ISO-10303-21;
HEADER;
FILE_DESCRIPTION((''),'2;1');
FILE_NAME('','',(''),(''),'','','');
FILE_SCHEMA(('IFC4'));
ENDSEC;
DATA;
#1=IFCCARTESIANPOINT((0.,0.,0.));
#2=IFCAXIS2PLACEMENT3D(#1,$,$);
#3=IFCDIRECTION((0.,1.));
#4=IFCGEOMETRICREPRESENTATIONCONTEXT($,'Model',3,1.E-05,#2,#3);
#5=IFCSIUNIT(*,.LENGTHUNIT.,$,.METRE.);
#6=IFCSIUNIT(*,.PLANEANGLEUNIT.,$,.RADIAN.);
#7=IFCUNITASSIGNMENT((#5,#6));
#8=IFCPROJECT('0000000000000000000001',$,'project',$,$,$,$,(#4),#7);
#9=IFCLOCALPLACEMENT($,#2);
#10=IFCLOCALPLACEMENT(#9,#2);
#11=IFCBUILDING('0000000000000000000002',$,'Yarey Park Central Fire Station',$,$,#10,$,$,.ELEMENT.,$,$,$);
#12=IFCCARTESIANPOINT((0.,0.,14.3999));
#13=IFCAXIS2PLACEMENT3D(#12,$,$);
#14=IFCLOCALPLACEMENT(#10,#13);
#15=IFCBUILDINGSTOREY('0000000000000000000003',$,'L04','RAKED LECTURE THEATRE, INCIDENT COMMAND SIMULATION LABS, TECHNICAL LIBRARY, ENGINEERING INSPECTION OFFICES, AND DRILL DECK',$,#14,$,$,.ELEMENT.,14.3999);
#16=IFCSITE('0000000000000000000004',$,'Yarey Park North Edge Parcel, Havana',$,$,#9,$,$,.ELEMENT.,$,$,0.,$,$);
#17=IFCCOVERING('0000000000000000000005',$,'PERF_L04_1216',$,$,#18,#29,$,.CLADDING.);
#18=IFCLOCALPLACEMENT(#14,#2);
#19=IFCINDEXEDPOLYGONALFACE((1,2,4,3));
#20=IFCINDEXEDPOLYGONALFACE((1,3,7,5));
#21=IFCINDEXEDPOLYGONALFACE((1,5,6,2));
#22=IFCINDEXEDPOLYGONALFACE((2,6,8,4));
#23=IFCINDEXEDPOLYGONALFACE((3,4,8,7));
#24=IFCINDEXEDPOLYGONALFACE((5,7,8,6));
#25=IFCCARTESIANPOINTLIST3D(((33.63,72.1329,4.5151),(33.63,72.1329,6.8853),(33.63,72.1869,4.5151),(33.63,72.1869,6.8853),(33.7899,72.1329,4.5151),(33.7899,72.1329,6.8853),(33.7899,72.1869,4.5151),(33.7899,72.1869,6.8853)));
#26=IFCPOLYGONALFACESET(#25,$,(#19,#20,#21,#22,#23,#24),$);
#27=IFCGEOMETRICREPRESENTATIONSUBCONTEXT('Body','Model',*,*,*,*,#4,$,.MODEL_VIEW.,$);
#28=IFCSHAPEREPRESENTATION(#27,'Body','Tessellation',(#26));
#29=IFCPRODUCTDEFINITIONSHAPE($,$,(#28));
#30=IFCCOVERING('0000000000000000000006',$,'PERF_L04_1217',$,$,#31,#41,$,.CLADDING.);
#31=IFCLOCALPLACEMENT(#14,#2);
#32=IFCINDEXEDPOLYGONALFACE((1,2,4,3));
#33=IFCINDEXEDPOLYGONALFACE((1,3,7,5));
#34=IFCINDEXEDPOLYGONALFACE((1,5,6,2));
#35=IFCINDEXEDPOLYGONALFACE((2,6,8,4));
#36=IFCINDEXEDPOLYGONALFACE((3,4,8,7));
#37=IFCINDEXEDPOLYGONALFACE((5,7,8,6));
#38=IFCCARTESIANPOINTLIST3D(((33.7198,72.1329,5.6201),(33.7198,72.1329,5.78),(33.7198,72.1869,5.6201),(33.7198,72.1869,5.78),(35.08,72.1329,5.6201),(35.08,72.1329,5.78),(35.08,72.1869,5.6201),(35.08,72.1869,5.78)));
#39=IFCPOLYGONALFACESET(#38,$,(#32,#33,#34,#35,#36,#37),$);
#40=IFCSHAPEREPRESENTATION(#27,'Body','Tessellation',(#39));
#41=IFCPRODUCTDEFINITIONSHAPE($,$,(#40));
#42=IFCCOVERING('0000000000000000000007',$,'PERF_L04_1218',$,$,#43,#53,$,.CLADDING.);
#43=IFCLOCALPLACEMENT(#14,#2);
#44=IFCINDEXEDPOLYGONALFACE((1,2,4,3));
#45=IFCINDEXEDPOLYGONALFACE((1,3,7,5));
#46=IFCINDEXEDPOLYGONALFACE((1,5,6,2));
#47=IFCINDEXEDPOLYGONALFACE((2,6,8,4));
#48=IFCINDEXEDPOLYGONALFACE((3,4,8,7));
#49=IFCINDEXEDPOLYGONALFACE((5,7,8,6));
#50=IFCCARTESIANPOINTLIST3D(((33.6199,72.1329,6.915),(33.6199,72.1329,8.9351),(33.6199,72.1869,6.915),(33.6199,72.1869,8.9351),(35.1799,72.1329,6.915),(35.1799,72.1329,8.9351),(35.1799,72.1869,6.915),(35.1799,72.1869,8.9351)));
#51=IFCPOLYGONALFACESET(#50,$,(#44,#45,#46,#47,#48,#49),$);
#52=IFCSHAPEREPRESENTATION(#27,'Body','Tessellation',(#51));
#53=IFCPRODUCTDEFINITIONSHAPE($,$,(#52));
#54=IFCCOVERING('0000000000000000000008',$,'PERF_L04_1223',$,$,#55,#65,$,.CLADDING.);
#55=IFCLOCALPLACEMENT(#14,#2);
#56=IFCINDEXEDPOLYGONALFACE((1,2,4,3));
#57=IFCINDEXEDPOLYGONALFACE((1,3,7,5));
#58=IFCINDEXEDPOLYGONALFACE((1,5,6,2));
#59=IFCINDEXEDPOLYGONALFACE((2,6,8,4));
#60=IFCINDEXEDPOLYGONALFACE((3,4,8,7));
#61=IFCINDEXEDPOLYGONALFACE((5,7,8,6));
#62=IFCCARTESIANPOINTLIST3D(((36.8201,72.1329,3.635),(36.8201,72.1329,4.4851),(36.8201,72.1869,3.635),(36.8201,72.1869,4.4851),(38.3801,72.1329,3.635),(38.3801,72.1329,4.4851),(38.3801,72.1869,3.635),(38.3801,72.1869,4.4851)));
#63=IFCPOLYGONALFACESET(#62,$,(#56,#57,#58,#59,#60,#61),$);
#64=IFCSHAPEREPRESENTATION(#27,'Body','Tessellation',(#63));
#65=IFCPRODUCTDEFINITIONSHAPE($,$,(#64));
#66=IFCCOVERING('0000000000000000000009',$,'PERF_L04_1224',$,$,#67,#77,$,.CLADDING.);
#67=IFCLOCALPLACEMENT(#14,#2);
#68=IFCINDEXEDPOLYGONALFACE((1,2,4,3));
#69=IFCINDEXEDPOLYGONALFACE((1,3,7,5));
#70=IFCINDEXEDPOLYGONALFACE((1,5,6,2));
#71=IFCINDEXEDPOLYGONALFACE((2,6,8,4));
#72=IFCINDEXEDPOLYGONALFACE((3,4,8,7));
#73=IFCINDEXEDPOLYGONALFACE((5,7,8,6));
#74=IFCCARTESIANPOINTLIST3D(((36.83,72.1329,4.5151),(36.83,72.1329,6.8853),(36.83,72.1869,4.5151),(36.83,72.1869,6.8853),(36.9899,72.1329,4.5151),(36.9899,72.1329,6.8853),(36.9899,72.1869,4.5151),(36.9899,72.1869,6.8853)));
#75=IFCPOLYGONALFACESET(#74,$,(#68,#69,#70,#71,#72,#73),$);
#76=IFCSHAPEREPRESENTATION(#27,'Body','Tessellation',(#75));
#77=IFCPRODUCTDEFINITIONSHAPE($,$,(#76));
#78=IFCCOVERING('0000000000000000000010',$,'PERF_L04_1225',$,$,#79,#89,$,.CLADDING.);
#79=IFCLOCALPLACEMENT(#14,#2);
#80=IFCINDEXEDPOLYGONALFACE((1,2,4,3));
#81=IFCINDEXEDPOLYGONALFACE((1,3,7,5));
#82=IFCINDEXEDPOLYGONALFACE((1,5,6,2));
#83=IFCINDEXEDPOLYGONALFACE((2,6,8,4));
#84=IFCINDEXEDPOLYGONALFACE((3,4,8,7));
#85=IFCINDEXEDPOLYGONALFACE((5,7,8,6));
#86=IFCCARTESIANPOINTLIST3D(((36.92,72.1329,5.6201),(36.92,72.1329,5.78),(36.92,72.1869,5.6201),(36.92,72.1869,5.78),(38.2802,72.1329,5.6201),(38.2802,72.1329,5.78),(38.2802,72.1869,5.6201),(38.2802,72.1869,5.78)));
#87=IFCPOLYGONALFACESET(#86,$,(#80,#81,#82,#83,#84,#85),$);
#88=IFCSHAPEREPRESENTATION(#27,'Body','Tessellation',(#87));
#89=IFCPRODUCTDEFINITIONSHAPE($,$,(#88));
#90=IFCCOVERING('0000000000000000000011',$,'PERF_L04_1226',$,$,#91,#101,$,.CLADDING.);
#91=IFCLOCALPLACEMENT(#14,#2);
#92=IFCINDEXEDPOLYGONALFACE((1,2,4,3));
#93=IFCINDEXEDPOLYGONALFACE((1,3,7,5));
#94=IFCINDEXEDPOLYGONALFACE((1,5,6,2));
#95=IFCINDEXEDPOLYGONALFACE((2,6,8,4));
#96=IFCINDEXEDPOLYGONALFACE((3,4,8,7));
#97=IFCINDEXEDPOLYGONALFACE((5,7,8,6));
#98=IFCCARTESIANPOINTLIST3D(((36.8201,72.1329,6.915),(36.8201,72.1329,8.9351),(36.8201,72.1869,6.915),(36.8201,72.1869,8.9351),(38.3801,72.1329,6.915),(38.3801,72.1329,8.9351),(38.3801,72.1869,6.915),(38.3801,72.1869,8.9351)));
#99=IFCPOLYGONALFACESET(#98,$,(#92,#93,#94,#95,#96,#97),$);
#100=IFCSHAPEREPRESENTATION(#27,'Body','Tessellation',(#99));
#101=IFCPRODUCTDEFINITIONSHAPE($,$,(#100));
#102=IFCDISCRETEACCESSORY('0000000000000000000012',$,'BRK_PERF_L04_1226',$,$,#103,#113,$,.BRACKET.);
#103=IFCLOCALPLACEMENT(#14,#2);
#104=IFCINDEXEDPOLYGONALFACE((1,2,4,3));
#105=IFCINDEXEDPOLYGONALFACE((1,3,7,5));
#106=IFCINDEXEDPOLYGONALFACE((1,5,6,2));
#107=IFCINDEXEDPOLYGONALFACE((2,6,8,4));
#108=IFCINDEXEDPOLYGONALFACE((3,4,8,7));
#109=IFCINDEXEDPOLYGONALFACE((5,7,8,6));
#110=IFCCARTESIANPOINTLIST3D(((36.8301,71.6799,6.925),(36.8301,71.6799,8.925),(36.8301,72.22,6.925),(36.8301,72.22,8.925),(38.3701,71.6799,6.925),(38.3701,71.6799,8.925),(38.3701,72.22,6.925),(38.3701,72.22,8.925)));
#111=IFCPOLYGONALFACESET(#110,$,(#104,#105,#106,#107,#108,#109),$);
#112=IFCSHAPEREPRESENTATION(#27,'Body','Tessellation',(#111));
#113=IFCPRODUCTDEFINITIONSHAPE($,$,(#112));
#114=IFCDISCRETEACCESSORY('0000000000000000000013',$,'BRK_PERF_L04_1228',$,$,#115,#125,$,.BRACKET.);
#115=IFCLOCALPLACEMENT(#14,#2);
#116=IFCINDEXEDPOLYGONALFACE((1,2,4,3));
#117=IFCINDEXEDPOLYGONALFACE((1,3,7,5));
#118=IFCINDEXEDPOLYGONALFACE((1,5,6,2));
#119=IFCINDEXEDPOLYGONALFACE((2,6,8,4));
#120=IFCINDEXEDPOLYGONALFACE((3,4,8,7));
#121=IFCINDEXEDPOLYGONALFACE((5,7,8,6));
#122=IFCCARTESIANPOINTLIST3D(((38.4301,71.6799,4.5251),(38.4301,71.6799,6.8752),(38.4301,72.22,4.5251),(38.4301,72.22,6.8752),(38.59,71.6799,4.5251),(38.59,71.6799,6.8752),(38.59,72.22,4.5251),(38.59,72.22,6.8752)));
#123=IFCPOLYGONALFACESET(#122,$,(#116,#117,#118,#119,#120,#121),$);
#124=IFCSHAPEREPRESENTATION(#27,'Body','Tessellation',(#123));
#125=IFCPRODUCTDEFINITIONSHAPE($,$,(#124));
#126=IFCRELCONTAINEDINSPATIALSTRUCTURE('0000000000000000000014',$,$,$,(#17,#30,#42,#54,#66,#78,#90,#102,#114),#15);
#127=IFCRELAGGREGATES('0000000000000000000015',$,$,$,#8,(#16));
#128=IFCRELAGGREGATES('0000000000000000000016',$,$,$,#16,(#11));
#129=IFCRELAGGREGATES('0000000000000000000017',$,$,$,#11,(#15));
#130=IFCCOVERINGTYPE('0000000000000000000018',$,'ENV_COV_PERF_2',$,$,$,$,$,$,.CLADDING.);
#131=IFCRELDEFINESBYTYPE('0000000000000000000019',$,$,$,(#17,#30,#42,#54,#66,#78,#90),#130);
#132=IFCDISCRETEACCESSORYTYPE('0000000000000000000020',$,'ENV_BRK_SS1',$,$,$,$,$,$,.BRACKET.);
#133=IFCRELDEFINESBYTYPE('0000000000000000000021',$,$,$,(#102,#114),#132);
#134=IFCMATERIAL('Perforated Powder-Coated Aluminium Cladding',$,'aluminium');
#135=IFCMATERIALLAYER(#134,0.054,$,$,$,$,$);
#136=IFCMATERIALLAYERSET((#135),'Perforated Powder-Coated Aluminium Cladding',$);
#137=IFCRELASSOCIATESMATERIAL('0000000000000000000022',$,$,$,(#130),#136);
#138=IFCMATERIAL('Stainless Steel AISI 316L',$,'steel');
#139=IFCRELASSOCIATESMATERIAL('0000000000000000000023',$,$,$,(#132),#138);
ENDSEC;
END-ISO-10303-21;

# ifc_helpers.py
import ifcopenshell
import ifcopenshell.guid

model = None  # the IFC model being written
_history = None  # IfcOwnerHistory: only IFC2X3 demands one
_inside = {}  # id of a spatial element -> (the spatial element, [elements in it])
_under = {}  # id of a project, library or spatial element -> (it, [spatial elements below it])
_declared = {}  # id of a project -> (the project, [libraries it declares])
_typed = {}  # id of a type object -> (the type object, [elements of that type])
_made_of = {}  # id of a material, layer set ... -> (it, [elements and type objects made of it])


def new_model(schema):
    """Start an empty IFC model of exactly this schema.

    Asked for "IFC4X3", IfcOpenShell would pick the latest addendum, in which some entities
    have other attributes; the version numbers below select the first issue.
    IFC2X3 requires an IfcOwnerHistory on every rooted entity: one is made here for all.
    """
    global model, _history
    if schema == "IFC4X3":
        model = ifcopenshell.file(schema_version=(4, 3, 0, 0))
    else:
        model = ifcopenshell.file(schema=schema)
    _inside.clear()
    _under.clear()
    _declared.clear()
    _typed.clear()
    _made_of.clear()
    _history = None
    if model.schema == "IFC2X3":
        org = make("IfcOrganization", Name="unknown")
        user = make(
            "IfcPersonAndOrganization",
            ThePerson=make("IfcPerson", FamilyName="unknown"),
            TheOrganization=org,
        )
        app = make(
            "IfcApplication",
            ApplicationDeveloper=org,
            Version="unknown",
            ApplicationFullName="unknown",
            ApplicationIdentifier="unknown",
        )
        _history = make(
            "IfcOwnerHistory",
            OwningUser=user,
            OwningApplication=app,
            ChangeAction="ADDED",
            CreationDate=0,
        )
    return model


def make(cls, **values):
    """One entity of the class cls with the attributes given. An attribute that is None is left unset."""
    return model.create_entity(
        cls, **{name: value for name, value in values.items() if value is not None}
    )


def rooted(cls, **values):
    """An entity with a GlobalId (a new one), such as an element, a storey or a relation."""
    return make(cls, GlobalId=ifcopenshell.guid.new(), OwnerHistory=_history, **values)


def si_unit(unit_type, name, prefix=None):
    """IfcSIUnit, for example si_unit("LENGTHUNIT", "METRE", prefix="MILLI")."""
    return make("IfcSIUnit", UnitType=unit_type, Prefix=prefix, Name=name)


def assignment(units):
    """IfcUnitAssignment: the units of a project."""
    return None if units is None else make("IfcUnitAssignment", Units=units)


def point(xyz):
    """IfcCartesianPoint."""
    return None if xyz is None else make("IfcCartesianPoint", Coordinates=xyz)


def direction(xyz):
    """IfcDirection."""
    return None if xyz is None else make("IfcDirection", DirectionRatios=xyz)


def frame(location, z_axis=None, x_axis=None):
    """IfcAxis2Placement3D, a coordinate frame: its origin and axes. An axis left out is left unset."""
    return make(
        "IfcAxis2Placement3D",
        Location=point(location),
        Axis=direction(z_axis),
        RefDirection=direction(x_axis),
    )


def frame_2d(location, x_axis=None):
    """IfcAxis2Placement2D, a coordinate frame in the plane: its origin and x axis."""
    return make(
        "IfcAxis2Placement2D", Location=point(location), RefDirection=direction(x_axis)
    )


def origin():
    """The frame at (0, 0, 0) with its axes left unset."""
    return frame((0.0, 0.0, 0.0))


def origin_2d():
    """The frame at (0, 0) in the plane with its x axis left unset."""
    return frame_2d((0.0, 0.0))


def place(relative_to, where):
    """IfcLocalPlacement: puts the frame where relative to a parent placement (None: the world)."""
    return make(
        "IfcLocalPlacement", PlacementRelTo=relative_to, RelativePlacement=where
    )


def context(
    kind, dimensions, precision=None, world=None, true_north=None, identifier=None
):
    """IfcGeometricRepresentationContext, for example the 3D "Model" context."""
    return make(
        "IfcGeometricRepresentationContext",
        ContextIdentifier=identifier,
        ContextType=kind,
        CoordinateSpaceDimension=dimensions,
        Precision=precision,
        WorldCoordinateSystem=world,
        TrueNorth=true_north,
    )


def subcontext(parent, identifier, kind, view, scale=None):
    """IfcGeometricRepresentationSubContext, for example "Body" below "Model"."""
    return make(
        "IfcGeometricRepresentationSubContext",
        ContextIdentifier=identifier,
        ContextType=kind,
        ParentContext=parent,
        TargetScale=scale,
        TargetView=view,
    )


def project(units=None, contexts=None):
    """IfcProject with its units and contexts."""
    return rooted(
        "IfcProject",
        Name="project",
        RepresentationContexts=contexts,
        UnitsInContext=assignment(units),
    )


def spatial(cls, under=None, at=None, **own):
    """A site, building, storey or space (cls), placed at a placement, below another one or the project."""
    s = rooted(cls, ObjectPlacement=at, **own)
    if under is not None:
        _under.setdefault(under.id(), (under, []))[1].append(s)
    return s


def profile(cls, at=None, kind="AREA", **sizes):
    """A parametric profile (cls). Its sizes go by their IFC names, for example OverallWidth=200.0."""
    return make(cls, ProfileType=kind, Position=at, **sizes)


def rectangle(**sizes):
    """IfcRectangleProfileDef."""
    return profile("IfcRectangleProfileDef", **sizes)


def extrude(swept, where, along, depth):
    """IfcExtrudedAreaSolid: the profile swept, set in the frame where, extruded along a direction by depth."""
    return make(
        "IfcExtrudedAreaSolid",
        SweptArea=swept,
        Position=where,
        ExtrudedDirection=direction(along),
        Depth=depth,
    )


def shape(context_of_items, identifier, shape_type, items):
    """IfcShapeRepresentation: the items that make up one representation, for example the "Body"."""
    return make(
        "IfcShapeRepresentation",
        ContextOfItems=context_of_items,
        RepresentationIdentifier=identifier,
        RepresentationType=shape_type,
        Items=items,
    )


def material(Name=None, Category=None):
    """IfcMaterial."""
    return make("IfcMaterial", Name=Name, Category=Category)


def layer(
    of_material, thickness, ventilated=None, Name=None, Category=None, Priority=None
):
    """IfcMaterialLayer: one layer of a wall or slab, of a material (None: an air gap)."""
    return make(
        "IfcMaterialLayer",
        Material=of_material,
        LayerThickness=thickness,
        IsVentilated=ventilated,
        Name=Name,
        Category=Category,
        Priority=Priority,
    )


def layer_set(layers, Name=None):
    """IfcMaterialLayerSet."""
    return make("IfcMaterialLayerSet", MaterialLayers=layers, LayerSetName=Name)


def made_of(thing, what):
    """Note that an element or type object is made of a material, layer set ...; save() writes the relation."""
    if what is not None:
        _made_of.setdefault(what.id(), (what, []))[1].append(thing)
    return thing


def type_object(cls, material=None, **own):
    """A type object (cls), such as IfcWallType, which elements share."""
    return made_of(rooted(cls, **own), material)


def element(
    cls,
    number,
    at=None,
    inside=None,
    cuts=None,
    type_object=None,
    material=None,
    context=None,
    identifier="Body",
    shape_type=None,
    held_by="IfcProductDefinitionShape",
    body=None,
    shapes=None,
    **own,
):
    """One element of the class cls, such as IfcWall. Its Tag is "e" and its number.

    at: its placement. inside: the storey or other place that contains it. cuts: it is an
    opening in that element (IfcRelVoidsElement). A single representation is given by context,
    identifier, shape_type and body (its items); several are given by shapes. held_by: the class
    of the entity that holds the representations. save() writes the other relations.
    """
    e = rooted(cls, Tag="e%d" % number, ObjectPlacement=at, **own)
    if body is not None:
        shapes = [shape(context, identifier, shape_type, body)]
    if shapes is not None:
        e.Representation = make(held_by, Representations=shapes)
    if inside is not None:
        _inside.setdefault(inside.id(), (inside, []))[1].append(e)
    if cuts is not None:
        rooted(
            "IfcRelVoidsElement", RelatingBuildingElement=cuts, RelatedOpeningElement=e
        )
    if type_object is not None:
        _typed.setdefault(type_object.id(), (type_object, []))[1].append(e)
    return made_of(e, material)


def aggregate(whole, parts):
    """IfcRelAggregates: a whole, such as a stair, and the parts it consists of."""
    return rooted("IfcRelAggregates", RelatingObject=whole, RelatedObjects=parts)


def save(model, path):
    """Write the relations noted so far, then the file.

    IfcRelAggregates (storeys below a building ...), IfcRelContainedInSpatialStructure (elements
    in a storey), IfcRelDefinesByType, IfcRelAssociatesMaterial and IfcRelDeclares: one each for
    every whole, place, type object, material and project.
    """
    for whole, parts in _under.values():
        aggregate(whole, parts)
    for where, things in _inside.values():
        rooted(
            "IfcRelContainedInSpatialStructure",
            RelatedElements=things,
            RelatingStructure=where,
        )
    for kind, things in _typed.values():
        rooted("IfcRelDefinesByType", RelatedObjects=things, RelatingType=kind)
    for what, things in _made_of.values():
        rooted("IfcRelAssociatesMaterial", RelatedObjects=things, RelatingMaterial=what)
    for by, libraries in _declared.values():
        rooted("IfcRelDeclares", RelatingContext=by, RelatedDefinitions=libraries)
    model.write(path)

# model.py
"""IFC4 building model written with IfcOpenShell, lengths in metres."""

from ifc_helpers import new_model, si_unit, direction, frame, origin, origin_2d, place, context, subcontext, project, spatial, rectangle, extrude, material, layer, layer_set, type_object, element, save


model = new_model("IFC4")

# Units and contexts
model_context = context("Model", 3, precision=1e-05, world=origin(), true_north=direction((0.0, 1.0)))
body_context = subcontext(model_context, "Body", "Model", "MODEL_VIEW")
ifc_project = project(units=[si_unit("LENGTHUNIT", "METRE"), si_unit("PLANEANGLEUNIT", "RADIAN")], contexts=[model_context])

# Site, building, storey
site_placement = place(None, origin())
site = spatial("IfcSite", under=ifc_project, at=site_placement, Name="Yarey Park North Edge Parcel, Havana", CompositionType="ELEMENT", RefElevation=0.0)
building_placement = place(site_placement, origin())
building = spatial("IfcBuilding", under=site, at=building_placement, Name="Yarey Park Central Fire Station", CompositionType="ELEMENT")
storey_placement = place(building_placement, frame((0.0, 0.0, 14.3999)))
storey = spatial("IfcBuildingStorey", under=building, at=storey_placement, Name="L04", Description="RAKED LECTURE THEATRE, INCIDENT COMMAND SIMULATION LABS, TECHNICAL LIBRARY, ENGINEERING INSPECTION OFFICES, AND DRILL DECK", CompositionType="ELEMENT", Elevation=14.3999)

# Coverings
ifc_material_1 = material(Name="Perforated Powder-Coated Aluminium Cladding", Category="aluminium")
ifc_layer_1 = layer(ifc_material_1, 0.054)
ifc_layer_set_1 = layer_set([ifc_layer_1], Name="Perforated Powder-Coated Aluminium Cladding")
covering_type_1 = type_object("IfcCoveringType", Name="ENV_COV_PERF_2", PredefinedType="CLADDING", material=ifc_layer_set_1)
covering_1_placement = place(storey_placement, frame((33.71, 72.1599, 4.5151), z_axis=(0.0, 0.0, 1.0), x_axis=(1.0, 0.0, 0.0)))
element("IfcCovering", 1, at=covering_1_placement, inside=storey, type_object=covering_type_1, Name="PERF_L04_1216", PredefinedType="CLADDING", context=body_context, shape_type="SweptSolid", body=[
    extrude(rectangle(XDim=0.1599, YDim=0.054, at=origin_2d()), origin(), (0.0, 0.0, 1.0), 2.3701),
])
covering_2_placement = place(storey_placement, frame((34.3999, 72.1599, 5.6201), z_axis=(0.0, 0.0, 1.0), x_axis=(1.0, 0.0, 0.0)))
element("IfcCovering", 2, at=covering_2_placement, inside=storey, type_object=covering_type_1, Name="PERF_L04_1217", PredefinedType="CLADDING", context=body_context, shape_type="SweptSolid", body=[
    extrude(rectangle(XDim=1.3601, YDim=0.054, at=origin_2d()), origin(), (0.0, 0.0, 1.0), 0.1599),
])
covering_3_placement = place(storey_placement, frame((34.3999, 72.1599, 6.915), z_axis=(0.0, 0.0, 1.0), x_axis=(1.0, 0.0, 0.0)))
element("IfcCovering", 3, at=covering_3_placement, inside=storey, type_object=covering_type_1, Name="PERF_L04_1218", PredefinedType="CLADDING", context=body_context, shape_type="SweptSolid", body=[
    extrude(rectangle(XDim=1.5601, YDim=0.054, at=origin_2d()), origin(), (0.0, 0.0, 1.0), 2.02),
])
covering_4_placement = place(storey_placement, frame((37.6001, 72.1599, 3.635), z_axis=(0.0, 0.0, 1.0), x_axis=(1.0, 0.0, 0.0)))
element("IfcCovering", 4, at=covering_4_placement, inside=storey, type_object=covering_type_1, Name="PERF_L04_1223", PredefinedType="CLADDING", context=body_context, shape_type="SweptSolid", body=[
    extrude(rectangle(XDim=1.5601, YDim=0.054, at=origin_2d()), origin(), (0.0, 0.0, 1.0), 0.8501),
])
covering_5_placement = place(storey_placement, frame((36.9099, 72.1599, 4.5151), z_axis=(0.0, 0.0, 1.0), x_axis=(1.0, 0.0, 0.0)))
element("IfcCovering", 5, at=covering_5_placement, inside=storey, type_object=covering_type_1, Name="PERF_L04_1224", PredefinedType="CLADDING", context=body_context, shape_type="SweptSolid", body=[
    extrude(rectangle(XDim=0.1599, YDim=0.054, at=origin_2d()), origin(), (0.0, 0.0, 1.0), 2.3701),
])
covering_6_placement = place(storey_placement, frame((37.6001, 72.1599, 5.6201), z_axis=(0.0, 0.0, 1.0), x_axis=(1.0, 0.0, 0.0)))
element("IfcCovering", 6, at=covering_6_placement, inside=storey, type_object=covering_type_1, Name="PERF_L04_1225", PredefinedType="CLADDING", context=body_context, shape_type="SweptSolid", body=[
    extrude(rectangle(XDim=1.3601, YDim=0.054, at=origin_2d()), origin(), (0.0, 0.0, 1.0), 0.1599),
])
covering_7_placement = place(storey_placement, frame((37.6001, 72.1599, 6.915), z_axis=(0.0, 0.0, 1.0), x_axis=(1.0, 0.0, 0.0)))
element("IfcCovering", 7, at=covering_7_placement, inside=storey, type_object=covering_type_1, Name="PERF_L04_1226", PredefinedType="CLADDING", context=body_context, shape_type="SweptSolid", body=[
    extrude(rectangle(XDim=1.5601, YDim=0.054, at=origin_2d()), origin(), (0.0, 0.0, 1.0), 2.02),
])

# Discrete accessories
ifc_material_2 = material(Name="Stainless Steel AISI 316L", Category="steel")
discrete_accessory_type = type_object("IfcDiscreteAccessoryType", Name="ENV_BRK_SS1", PredefinedType="BRACKET", material=ifc_material_2)
discrete_accessory_1_placement = place(storey_placement, frame((37.6001, 71.95, 6.925), z_axis=(0.0, 0.0, 1.0), x_axis=(1.0, 0.0, 0.0)))
element("IfcDiscreteAccessory", 8, at=discrete_accessory_1_placement, inside=storey, type_object=discrete_accessory_type, Name="BRK_PERF_L04_1226", PredefinedType="BRACKET", context=body_context, shape_type="SweptSolid", body=[
    extrude(rectangle(XDim=1.54, YDim=0.54, at=origin_2d()), origin(), (0.0, 0.0, 1.0), 2.0),
])
discrete_accessory_2_placement = place(storey_placement, frame((38.51, 71.95, 4.5251), z_axis=(0.0, 0.0, 1.0), x_axis=(1.0, 0.0, 0.0)))
element("IfcDiscreteAccessory", 9, at=discrete_accessory_2_placement, inside=storey, type_object=discrete_accessory_type, Name="BRK_PERF_L04_1228", PredefinedType="BRACKET", context=body_context, shape_type="SweptSolid", body=[
    extrude(rectangle(XDim=0.1599, YDim=0.54, at=origin_2d()), origin(), (0.0, 0.0, 1.0), 2.3501),
])

save(model, "model.ifc")
